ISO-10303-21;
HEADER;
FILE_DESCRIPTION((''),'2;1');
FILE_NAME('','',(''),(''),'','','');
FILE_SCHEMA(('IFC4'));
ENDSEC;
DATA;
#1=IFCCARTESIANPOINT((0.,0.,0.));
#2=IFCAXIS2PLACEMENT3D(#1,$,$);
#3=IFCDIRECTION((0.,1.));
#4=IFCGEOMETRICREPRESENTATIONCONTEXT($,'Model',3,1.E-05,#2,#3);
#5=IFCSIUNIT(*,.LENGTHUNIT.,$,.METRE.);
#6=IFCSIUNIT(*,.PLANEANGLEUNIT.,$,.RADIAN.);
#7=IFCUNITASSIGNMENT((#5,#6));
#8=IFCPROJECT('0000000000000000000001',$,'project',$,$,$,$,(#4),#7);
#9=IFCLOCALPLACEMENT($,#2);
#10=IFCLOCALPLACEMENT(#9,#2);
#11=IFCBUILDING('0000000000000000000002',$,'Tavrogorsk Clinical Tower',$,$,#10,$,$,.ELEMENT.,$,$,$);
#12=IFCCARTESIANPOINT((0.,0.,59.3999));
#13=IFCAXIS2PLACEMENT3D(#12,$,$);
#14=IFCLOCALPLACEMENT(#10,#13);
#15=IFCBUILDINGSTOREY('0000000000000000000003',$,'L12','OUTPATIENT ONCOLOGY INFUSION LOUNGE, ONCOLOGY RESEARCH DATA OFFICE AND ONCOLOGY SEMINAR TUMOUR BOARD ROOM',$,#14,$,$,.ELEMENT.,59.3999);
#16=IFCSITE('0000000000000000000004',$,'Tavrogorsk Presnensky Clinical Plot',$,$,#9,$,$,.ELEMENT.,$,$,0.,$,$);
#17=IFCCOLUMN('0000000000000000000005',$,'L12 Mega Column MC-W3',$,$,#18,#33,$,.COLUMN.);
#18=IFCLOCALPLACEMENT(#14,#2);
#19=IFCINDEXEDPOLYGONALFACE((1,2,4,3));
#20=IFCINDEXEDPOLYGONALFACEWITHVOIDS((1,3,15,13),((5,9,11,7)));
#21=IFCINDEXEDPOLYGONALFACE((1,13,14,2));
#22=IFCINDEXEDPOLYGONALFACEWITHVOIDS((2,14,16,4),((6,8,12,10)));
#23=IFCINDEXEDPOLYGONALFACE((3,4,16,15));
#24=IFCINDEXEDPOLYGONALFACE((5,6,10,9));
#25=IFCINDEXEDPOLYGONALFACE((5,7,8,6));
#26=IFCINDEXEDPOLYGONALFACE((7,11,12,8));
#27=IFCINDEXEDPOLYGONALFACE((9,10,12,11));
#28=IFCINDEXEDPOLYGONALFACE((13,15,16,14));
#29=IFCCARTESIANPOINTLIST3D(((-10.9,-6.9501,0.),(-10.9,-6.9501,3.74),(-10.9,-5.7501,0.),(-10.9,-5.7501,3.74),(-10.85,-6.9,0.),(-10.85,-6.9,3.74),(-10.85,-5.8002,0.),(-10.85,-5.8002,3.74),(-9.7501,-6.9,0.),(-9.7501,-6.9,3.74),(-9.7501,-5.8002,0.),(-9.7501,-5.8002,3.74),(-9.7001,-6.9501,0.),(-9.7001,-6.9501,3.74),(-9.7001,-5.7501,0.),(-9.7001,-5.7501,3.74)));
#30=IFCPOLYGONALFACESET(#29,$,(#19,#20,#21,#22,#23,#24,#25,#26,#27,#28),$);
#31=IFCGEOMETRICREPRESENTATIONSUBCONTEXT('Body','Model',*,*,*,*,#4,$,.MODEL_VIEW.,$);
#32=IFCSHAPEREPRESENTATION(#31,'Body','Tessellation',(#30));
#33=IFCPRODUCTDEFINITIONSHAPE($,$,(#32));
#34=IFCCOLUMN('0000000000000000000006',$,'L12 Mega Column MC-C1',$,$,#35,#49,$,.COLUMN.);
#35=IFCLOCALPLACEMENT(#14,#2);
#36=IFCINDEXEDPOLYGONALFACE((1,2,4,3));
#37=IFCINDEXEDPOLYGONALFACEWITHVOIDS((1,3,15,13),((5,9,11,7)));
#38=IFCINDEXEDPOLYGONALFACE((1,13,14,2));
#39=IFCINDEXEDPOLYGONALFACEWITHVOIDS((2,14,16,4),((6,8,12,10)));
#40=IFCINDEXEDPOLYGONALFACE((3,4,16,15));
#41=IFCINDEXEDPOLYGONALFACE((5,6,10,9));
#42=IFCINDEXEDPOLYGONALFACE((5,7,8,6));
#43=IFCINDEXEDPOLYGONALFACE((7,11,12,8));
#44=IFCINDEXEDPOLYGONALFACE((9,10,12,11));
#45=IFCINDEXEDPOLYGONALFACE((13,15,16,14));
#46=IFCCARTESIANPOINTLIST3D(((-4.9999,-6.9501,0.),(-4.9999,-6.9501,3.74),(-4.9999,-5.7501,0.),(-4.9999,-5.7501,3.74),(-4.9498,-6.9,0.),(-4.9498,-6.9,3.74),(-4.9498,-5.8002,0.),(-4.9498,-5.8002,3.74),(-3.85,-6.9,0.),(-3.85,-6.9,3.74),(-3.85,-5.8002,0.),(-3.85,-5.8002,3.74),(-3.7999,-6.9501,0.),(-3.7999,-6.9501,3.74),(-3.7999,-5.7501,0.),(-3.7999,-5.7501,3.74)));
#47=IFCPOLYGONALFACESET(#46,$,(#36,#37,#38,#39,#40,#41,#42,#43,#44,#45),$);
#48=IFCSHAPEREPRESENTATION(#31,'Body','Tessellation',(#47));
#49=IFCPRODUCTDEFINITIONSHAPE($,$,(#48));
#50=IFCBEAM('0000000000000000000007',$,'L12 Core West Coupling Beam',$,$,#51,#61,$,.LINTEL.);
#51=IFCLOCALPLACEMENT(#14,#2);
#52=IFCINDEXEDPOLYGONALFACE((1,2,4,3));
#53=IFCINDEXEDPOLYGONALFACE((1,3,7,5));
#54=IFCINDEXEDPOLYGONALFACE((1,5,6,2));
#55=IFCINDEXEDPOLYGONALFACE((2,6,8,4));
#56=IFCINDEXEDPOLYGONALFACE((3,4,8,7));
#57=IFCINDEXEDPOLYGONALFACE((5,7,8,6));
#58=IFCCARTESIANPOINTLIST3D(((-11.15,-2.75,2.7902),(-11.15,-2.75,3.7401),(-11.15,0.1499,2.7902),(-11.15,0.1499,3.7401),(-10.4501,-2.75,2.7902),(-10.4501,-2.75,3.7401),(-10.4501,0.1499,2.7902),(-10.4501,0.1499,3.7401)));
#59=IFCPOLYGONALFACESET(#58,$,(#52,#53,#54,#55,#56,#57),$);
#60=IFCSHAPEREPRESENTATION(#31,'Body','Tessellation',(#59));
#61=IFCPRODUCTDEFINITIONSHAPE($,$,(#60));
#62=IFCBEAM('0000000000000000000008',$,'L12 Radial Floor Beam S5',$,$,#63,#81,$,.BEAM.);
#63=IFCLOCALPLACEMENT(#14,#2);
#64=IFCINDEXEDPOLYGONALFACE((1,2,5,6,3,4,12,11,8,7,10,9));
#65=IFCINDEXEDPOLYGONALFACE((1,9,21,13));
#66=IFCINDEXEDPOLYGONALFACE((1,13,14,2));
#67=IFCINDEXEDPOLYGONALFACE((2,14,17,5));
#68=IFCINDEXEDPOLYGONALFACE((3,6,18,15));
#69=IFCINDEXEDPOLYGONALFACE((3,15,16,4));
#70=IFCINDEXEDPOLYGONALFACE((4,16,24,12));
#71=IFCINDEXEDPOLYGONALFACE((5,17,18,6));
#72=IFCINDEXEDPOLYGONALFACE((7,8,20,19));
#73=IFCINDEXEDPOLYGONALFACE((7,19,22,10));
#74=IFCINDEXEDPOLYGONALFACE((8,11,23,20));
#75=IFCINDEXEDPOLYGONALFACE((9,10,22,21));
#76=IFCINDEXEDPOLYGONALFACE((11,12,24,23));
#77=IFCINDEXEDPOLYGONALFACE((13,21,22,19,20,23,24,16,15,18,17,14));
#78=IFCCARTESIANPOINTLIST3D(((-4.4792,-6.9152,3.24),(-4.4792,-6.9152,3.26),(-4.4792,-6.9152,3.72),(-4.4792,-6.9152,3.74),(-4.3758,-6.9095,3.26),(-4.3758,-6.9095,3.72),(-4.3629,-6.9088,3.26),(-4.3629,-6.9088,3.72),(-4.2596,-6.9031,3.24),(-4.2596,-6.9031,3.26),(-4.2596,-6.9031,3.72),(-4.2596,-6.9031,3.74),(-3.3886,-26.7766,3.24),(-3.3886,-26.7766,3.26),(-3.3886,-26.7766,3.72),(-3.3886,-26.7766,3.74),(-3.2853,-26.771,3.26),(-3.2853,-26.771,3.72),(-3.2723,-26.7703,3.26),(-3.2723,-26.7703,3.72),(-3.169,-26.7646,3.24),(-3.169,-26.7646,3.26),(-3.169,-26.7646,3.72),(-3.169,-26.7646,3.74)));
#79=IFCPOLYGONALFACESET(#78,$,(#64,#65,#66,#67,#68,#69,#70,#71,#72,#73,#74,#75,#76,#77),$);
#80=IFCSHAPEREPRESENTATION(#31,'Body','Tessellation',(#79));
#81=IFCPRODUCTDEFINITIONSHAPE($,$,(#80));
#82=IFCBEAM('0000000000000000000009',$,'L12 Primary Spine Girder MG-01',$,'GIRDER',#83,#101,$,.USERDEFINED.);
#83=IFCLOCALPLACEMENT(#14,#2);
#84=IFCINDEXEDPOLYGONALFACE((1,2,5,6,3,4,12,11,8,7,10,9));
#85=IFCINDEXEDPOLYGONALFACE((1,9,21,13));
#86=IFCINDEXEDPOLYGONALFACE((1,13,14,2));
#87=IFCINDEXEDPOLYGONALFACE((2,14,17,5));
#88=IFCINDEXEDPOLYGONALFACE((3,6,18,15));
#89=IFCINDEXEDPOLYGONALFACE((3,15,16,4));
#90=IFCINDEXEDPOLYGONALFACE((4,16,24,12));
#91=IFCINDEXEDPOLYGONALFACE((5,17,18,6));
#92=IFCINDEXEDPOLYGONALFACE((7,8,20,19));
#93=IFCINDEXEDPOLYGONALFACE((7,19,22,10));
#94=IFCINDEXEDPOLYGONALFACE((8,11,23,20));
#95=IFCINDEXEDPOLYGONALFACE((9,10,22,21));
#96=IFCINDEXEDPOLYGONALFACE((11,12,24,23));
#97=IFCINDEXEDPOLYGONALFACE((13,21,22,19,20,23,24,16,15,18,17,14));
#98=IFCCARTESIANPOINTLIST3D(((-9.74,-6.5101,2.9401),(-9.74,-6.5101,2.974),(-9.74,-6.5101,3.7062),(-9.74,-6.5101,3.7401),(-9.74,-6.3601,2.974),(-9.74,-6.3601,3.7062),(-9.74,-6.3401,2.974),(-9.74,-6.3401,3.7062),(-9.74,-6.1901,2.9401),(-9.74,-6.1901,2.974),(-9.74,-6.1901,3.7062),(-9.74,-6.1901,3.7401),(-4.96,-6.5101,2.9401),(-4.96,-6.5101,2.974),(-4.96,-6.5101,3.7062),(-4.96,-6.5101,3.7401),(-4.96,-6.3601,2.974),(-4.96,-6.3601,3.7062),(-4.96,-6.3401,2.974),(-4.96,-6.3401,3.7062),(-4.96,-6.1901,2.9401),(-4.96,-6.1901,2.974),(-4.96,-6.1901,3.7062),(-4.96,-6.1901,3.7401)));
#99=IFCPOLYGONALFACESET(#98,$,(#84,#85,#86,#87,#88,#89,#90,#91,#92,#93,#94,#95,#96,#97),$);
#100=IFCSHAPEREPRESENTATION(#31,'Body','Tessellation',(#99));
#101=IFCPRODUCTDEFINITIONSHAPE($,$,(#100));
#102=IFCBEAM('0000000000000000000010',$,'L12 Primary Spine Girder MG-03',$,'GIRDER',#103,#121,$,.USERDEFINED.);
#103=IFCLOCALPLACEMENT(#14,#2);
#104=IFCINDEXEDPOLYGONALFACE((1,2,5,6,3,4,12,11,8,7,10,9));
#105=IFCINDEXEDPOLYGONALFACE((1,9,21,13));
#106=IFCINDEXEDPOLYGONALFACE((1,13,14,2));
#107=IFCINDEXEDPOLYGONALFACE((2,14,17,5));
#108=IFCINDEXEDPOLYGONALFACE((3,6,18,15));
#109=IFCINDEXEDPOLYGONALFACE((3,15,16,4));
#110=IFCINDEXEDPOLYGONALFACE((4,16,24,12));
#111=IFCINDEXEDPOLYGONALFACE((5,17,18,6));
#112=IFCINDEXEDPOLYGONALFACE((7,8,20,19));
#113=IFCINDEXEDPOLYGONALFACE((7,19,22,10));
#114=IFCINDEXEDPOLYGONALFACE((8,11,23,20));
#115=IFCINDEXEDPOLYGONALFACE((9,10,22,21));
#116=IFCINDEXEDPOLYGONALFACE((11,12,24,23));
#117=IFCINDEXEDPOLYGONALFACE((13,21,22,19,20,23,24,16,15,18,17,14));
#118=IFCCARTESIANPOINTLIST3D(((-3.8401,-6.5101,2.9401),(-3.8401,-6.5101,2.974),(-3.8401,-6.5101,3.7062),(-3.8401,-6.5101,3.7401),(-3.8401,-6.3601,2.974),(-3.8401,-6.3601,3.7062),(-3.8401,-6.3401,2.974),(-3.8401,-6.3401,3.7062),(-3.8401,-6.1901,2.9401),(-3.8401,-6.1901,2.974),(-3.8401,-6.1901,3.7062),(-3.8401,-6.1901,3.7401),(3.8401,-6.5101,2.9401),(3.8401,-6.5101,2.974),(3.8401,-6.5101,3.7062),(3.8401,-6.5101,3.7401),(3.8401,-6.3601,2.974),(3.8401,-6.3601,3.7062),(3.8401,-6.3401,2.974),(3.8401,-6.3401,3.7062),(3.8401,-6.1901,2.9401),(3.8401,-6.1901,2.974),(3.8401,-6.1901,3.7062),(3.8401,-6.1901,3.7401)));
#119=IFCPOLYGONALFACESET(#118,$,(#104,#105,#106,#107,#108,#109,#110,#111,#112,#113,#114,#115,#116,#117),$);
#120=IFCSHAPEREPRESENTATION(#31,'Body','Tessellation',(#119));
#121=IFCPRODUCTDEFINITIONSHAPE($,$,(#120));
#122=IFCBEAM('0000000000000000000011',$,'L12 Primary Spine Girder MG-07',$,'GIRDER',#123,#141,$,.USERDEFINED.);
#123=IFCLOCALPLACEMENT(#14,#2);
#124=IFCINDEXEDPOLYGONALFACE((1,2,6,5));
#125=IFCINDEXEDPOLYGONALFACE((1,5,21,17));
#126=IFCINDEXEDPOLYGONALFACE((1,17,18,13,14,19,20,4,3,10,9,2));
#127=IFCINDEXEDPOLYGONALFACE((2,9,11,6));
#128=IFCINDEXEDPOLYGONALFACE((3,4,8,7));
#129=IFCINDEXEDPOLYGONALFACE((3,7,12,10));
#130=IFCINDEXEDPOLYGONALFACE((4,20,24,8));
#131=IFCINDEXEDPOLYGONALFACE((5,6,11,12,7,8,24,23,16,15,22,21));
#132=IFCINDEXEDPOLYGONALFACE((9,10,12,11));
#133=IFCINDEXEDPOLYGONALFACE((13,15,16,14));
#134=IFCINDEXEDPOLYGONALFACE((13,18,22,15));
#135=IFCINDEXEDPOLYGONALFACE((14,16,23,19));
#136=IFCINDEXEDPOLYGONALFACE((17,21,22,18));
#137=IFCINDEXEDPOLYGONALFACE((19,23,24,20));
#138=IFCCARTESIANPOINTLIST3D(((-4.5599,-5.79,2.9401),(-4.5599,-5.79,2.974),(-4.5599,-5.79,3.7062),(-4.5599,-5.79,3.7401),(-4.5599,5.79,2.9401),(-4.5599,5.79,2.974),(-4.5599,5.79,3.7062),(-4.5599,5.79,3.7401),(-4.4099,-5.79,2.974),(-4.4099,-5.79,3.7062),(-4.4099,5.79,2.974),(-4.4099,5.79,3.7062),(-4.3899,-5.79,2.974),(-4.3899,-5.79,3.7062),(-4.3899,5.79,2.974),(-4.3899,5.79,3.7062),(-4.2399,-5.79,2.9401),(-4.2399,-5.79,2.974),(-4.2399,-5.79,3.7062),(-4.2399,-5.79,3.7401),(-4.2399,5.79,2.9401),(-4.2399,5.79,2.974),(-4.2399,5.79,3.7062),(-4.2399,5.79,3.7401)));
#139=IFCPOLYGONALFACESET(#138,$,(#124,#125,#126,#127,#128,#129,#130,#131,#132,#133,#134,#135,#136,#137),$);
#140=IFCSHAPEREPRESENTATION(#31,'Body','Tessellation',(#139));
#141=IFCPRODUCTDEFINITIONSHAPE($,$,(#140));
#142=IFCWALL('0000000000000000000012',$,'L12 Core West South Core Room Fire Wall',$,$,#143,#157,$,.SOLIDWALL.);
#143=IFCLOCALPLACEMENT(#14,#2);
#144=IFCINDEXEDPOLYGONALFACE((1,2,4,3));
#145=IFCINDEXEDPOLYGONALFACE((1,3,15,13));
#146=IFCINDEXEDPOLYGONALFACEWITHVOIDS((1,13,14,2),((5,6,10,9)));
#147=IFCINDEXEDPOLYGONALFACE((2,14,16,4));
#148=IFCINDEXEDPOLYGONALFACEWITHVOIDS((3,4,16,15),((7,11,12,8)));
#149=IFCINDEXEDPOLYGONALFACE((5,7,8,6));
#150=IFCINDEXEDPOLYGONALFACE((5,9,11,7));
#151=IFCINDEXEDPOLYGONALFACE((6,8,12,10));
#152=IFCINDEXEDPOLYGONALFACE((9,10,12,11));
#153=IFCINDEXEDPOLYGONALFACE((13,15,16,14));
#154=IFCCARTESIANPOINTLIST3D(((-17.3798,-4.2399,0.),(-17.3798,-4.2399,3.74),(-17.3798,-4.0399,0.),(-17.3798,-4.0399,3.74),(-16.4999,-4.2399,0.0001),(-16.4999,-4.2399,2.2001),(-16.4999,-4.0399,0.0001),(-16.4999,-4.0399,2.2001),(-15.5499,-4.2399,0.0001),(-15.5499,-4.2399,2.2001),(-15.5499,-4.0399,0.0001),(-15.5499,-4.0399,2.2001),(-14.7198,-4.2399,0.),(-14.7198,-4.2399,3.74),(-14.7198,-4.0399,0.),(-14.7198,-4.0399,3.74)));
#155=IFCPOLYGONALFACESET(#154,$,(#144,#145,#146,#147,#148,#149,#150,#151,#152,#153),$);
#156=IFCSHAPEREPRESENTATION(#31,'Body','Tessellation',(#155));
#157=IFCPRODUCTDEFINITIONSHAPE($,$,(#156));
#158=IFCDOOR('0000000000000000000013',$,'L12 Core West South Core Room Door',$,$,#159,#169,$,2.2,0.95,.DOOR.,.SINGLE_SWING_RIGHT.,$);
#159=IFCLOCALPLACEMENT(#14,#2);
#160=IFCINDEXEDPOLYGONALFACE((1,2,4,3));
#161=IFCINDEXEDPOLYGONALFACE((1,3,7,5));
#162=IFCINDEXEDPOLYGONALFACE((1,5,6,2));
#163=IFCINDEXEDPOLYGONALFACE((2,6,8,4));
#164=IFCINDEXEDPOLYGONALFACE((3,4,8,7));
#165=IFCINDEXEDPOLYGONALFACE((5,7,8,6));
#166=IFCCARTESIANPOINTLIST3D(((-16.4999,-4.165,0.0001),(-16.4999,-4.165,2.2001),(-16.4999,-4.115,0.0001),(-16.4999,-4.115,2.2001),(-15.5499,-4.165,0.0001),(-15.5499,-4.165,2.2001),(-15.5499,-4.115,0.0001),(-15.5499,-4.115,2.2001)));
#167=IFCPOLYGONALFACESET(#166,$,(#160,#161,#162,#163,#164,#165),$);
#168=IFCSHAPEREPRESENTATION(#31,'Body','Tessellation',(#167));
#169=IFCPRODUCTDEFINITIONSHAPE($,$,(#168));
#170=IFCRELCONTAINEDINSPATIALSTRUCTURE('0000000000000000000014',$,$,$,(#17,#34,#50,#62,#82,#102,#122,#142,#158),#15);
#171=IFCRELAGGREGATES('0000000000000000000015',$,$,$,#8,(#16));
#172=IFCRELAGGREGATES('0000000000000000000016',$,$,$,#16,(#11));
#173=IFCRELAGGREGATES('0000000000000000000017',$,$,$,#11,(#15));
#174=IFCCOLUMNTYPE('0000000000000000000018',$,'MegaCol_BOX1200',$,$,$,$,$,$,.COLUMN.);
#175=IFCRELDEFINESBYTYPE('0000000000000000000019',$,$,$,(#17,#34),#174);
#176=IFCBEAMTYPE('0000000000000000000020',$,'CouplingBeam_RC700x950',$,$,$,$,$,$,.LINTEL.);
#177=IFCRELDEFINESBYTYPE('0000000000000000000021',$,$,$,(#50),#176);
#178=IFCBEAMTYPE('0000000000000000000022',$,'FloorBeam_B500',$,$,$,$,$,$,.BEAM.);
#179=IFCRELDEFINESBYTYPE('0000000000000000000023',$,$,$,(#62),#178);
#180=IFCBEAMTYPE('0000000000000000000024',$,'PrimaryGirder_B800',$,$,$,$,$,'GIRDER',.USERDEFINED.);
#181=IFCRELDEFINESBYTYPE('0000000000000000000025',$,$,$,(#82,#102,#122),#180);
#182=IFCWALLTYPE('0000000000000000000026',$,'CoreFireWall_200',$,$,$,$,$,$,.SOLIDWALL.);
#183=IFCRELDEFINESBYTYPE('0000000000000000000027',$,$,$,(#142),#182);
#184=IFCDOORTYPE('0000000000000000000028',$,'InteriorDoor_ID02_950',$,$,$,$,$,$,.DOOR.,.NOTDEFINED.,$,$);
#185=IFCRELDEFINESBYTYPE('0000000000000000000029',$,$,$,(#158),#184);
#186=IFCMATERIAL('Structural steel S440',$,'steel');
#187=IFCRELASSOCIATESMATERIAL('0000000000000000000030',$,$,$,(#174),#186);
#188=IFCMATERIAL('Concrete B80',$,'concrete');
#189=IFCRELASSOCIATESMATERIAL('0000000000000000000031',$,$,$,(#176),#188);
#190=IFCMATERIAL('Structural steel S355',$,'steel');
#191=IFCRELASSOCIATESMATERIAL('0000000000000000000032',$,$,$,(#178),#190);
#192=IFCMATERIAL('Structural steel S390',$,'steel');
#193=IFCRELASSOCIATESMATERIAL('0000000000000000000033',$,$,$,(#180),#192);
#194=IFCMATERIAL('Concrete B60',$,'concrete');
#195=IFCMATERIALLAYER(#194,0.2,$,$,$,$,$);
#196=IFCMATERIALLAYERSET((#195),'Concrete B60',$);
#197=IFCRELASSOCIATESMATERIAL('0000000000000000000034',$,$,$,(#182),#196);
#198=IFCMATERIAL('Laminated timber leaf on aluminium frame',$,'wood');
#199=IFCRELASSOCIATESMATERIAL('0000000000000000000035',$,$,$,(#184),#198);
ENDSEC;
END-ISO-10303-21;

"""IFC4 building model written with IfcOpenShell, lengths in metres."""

from ifc_helpers import new_model, si_unit, direction, frame, frame_2d, origin, origin_2d, place, context, subcontext, project, spatial, rectangle, hollow_rectangle, i_section, extrude, material, layer, layer_set, material_profile, profile_set, type_object, element, fill, save


model = new_model("IFC4")

# Units and contexts
model_context = context("Model", 3, precision=1e-05, world=origin(), true_north=direction((0.0, 1.0)))
body_context = subcontext(model_context, "Body", "Model", "MODEL_VIEW")
ifc_project = project(units=[si_unit("LENGTHUNIT", "METRE"), si_unit("PLANEANGLEUNIT", "RADIAN")], contexts=[model_context])

# Site, building, storey
site_placement = place(None, origin())
site = spatial("IfcSite", under=ifc_project, at=site_placement, Name="Tavrogorsk Presnensky Clinical Plot", CompositionType="ELEMENT", RefElevation=0.0)
building_placement = place(site_placement, origin())
building = spatial("IfcBuilding", under=site, at=building_placement, Name="Tavrogorsk Clinical Tower", CompositionType="ELEMENT")
storey_placement = place(building_placement, frame((0.0, 0.0, 59.3999)))
storey = spatial("IfcBuildingStorey", under=building, at=storey_placement, Name="L12", Description="OUTPATIENT ONCOLOGY INFUSION LOUNGE, ONCOLOGY RESEARCH DATA OFFICE AND ONCOLOGY SEMINAR TUMOUR BOARD ROOM", CompositionType="ELEMENT", Elevation=59.3999)

# Columns
ifc_material_1 = material(Name="Structural steel S440", Category="steel")
ifc_material_profile_1 = material_profile(ifc_material_1, hollow_rectangle(XDim=1.2, YDim=1.2, WallThickness=0.05, at=origin_2d()), Name="BOX-1200x1200x50")
ifc_profile_set_1 = profile_set([ifc_material_profile_1], Name="Structural steel S440")
column_type = type_object("IfcColumnType", Name="MegaCol_BOX1200", PredefinedType="COLUMN", material=ifc_profile_set_1)
for number, where, z_axis, x_axis, name in (
    (1, (-10.3, -6.3501, 0.0), (0.0, 0.0, 1.0), (1.0, 0.0, 0.0), "L12 Mega Column MC-W3"),
    (2, (-4.3999, -6.3501, 0.0), (0.0, 0.0, 1.0), (1.0, 0.0, 0.0), "L12 Mega Column MC-C1"),
):
    element("IfcColumn", number, at=place(storey_placement, frame(where, z_axis=z_axis, x_axis=x_axis)), inside=storey, type_object=column_type, Name=name, PredefinedType="COLUMN", context=body_context, shape_type="SweptSolid", body=[
        extrude(hollow_rectangle(XDim=1.2, YDim=1.2, WallThickness=0.05, at=origin_2d()), origin(), (0.0, 0.0, 1.0), 3.74),
    ])

# Beams
ifc_material_2 = material(Name="Concrete B80", Category="concrete")
ifc_material_profile_2 = material_profile(ifc_material_2, rectangle(XDim=0.7, YDim=0.95, at=origin_2d()), Name="RC-CB-700x950")
ifc_profile_set_2 = profile_set([ifc_material_profile_2], Name="Concrete B80")
beam_type_1 = type_object("IfcBeamType", Name="CouplingBeam_RC700x950", PredefinedType="LINTEL", material=ifc_profile_set_2)
beam_1_placement = place(storey_placement, frame((-10.8, -2.75, 3.2651), z_axis=(0.0, 1.0, 0.0), x_axis=(-1.0, 0.0, 0.0)))
element("IfcBeam", 3, at=beam_1_placement, inside=storey, type_object=beam_type_1, Name="L12 Core West Coupling Beam", PredefinedType="LINTEL", context=body_context, shape_type="SweptSolid", body=[
    extrude(rectangle(XDim=0.7, YDim=0.95, at=origin_2d()), origin(), (0.0, 0.0, 1.0), 2.8999),
])
ifc_material_3 = material(Name="Structural steel S355", Category="steel")
ifc_material_profile_3 = material_profile(ifc_material_3, i_section(OverallWidth=0.22, OverallDepth=0.5, WebThickness=0.0129, FlangeThickness=0.02, at=origin_2d()), Name="B-500x220x13x20")
ifc_profile_set_3 = profile_set([ifc_material_profile_3], Name="Structural steel S355")
beam_type_2 = type_object("IfcBeamType", Name="FloorBeam_B500", PredefinedType="BEAM", material=ifc_profile_set_3)
beam_2_placement = place(storey_placement, frame((-4.3694, -6.9092, 3.49), z_axis=(0.054827, -0.998496, 0.0), x_axis=(0.998496, 0.054827, 0.0)))
element("IfcBeam", 4, at=beam_2_placement, inside=storey, type_object=beam_type_2, Name="L12 Radial Floor Beam S5", PredefinedType="BEAM", context=body_context, shape_type="SweptSolid", body=[
    extrude(i_section(OverallWidth=0.22, OverallDepth=0.5, WebThickness=0.0129, FlangeThickness=0.02, at=origin_2d()), origin(), (0.0, 0.0, 1.0), 19.8914),
])
ifc_material_4 = material(Name="Structural steel S390", Category="steel")
ifc_material_profile_4 = material_profile(ifc_material_4, i_section(OverallWidth=0.3201, OverallDepth=0.8, WebThickness=0.02, FlangeThickness=0.0339, at=origin_2d()), Name="B-800x320x20x34")
ifc_profile_set_4 = profile_set([ifc_material_profile_4], Name="Structural steel S390")
beam_type_3 = type_object("IfcBeamType", Name="PrimaryGirder_B800", ElementType="GIRDER", PredefinedType="USERDEFINED", material=ifc_profile_set_4)
beam_3_placement = place(storey_placement, frame((-9.74, -6.3501, 3.3401), z_axis=(1.0, 0.0, 0.0), x_axis=(0.0, 1.0, 0.0)))
element("IfcBeam", 5, at=beam_3_placement, inside=storey, type_object=beam_type_3, Name="L12 Primary Spine Girder MG-01", ObjectType="GIRDER", PredefinedType="USERDEFINED", context=body_context, shape_type="SweptSolid", body=[
    extrude(i_section(OverallWidth=0.3201, OverallDepth=0.8, WebThickness=0.02, FlangeThickness=0.0339, at=origin_2d()), origin(), (0.0, 0.0, 1.0), 4.78),
])
beam_4_placement = place(storey_placement, frame((-3.8401, -6.3501, 3.3401), z_axis=(1.0, 0.0, 0.0), x_axis=(0.0, 1.0, 0.0)))
element("IfcBeam", 6, at=beam_4_placement, inside=storey, type_object=beam_type_3, Name="L12 Primary Spine Girder MG-03", ObjectType="GIRDER", PredefinedType="USERDEFINED", context=body_context, shape_type="SweptSolid", body=[
    extrude(i_section(OverallWidth=0.3201, OverallDepth=0.8, WebThickness=0.02, FlangeThickness=0.0339, at=origin_2d()), origin(), (0.0, 0.0, 1.0), 7.6802),
])
beam_5_placement = place(storey_placement, frame((-4.3999, -5.79, 3.3401), z_axis=(0.0, 1.0, 0.0), x_axis=(-1.0, 0.0, 0.0)))
element("IfcBeam", 7, at=beam_5_placement, inside=storey, type_object=beam_type_3, Name="L12 Primary Spine Girder MG-07", ObjectType="GIRDER", PredefinedType="USERDEFINED", context=body_context, shape_type="SweptSolid", body=[
    extrude(i_section(OverallWidth=0.3201, OverallDepth=0.8, WebThickness=0.02, FlangeThickness=0.0339, at=origin_2d()), origin(), (0.0, 0.0, 1.0), 11.5801),
])

# Wall, opening, door
ifc_material_5 = material(Name="Concrete B60", Category="concrete")
ifc_layer_1 = layer(ifc_material_5, 0.2)
ifc_layer_set_1 = layer_set([ifc_layer_1], Name="Concrete B60")
wall_type_1 = type_object("IfcWallType", Name="CoreFireWall_200", PredefinedType="SOLIDWALL", material=ifc_layer_set_1)
wall_1_placement = place(storey_placement, frame((-17.3799, -4.1399, 0.0), z_axis=(0.0, 0.0, 1.0), x_axis=(1.0, 0.0, 0.0)))
wall_1 = element("IfcWall", 8, at=wall_1_placement, inside=storey, type_object=wall_type_1, Name="L12 Core West South Core Room Fire Wall", PredefinedType="SOLIDWALL", context=body_context, shape_type="SweptSolid", body=[
    extrude(rectangle(XDim=2.6599, YDim=0.2, at=frame_2d((1.3301, 0.0))), origin(), (0.0, 0.0, 1.0), 3.74),
])
opening_1_placement = place(wall_1_placement, frame((0.8799, 0.0, 0.0)))
opening_1 = element("IfcOpeningElement", 9, at=opening_1_placement, cuts=wall_1, PredefinedType="OPENING", context=body_context, shape_type="SweptSolid", body=[
    extrude(rectangle(XDim=0.95, YDim=2.2, at=frame_2d((0.4751, 1.1001))), frame((0.0, 0.1099, 0.0), z_axis=(0.0, -1.0, 0.0), x_axis=(1.0, 0.0, 0.0)), (0.0, 0.0, 1.0), 0.22),
])
ifc_material_6 = material(Name="Laminated timber leaf on aluminium frame", Category="wood")
door_type_1 = type_object("IfcDoorType", Name="InteriorDoor_ID02_950", OperationType="NOTDEFINED", PredefinedType="DOOR", material=ifc_material_6)
door_1_placement = place(opening_1_placement, origin())
door_1 = element("IfcDoor", 10, at=door_1_placement, inside=storey, type_object=door_type_1, Name="L12 Core West South Core Room Door", OperationType="SINGLE_SWING_RIGHT", OverallHeight=2.2, OverallWidth=0.95, PredefinedType="DOOR", context=body_context, shape_type="SweptSolid", body=[
    extrude(rectangle(XDim=0.95, YDim=2.2, at=frame_2d((0.4751, 1.1001))), frame((0.0, 0.0249, 0.0), z_axis=(0.0, -1.0, 0.0), x_axis=(1.0, 0.0, 0.0)), (0.0, 0.0, 1.0), 0.05),
])
fill(opening_1, door_1)

save(model, "model.ifc")
